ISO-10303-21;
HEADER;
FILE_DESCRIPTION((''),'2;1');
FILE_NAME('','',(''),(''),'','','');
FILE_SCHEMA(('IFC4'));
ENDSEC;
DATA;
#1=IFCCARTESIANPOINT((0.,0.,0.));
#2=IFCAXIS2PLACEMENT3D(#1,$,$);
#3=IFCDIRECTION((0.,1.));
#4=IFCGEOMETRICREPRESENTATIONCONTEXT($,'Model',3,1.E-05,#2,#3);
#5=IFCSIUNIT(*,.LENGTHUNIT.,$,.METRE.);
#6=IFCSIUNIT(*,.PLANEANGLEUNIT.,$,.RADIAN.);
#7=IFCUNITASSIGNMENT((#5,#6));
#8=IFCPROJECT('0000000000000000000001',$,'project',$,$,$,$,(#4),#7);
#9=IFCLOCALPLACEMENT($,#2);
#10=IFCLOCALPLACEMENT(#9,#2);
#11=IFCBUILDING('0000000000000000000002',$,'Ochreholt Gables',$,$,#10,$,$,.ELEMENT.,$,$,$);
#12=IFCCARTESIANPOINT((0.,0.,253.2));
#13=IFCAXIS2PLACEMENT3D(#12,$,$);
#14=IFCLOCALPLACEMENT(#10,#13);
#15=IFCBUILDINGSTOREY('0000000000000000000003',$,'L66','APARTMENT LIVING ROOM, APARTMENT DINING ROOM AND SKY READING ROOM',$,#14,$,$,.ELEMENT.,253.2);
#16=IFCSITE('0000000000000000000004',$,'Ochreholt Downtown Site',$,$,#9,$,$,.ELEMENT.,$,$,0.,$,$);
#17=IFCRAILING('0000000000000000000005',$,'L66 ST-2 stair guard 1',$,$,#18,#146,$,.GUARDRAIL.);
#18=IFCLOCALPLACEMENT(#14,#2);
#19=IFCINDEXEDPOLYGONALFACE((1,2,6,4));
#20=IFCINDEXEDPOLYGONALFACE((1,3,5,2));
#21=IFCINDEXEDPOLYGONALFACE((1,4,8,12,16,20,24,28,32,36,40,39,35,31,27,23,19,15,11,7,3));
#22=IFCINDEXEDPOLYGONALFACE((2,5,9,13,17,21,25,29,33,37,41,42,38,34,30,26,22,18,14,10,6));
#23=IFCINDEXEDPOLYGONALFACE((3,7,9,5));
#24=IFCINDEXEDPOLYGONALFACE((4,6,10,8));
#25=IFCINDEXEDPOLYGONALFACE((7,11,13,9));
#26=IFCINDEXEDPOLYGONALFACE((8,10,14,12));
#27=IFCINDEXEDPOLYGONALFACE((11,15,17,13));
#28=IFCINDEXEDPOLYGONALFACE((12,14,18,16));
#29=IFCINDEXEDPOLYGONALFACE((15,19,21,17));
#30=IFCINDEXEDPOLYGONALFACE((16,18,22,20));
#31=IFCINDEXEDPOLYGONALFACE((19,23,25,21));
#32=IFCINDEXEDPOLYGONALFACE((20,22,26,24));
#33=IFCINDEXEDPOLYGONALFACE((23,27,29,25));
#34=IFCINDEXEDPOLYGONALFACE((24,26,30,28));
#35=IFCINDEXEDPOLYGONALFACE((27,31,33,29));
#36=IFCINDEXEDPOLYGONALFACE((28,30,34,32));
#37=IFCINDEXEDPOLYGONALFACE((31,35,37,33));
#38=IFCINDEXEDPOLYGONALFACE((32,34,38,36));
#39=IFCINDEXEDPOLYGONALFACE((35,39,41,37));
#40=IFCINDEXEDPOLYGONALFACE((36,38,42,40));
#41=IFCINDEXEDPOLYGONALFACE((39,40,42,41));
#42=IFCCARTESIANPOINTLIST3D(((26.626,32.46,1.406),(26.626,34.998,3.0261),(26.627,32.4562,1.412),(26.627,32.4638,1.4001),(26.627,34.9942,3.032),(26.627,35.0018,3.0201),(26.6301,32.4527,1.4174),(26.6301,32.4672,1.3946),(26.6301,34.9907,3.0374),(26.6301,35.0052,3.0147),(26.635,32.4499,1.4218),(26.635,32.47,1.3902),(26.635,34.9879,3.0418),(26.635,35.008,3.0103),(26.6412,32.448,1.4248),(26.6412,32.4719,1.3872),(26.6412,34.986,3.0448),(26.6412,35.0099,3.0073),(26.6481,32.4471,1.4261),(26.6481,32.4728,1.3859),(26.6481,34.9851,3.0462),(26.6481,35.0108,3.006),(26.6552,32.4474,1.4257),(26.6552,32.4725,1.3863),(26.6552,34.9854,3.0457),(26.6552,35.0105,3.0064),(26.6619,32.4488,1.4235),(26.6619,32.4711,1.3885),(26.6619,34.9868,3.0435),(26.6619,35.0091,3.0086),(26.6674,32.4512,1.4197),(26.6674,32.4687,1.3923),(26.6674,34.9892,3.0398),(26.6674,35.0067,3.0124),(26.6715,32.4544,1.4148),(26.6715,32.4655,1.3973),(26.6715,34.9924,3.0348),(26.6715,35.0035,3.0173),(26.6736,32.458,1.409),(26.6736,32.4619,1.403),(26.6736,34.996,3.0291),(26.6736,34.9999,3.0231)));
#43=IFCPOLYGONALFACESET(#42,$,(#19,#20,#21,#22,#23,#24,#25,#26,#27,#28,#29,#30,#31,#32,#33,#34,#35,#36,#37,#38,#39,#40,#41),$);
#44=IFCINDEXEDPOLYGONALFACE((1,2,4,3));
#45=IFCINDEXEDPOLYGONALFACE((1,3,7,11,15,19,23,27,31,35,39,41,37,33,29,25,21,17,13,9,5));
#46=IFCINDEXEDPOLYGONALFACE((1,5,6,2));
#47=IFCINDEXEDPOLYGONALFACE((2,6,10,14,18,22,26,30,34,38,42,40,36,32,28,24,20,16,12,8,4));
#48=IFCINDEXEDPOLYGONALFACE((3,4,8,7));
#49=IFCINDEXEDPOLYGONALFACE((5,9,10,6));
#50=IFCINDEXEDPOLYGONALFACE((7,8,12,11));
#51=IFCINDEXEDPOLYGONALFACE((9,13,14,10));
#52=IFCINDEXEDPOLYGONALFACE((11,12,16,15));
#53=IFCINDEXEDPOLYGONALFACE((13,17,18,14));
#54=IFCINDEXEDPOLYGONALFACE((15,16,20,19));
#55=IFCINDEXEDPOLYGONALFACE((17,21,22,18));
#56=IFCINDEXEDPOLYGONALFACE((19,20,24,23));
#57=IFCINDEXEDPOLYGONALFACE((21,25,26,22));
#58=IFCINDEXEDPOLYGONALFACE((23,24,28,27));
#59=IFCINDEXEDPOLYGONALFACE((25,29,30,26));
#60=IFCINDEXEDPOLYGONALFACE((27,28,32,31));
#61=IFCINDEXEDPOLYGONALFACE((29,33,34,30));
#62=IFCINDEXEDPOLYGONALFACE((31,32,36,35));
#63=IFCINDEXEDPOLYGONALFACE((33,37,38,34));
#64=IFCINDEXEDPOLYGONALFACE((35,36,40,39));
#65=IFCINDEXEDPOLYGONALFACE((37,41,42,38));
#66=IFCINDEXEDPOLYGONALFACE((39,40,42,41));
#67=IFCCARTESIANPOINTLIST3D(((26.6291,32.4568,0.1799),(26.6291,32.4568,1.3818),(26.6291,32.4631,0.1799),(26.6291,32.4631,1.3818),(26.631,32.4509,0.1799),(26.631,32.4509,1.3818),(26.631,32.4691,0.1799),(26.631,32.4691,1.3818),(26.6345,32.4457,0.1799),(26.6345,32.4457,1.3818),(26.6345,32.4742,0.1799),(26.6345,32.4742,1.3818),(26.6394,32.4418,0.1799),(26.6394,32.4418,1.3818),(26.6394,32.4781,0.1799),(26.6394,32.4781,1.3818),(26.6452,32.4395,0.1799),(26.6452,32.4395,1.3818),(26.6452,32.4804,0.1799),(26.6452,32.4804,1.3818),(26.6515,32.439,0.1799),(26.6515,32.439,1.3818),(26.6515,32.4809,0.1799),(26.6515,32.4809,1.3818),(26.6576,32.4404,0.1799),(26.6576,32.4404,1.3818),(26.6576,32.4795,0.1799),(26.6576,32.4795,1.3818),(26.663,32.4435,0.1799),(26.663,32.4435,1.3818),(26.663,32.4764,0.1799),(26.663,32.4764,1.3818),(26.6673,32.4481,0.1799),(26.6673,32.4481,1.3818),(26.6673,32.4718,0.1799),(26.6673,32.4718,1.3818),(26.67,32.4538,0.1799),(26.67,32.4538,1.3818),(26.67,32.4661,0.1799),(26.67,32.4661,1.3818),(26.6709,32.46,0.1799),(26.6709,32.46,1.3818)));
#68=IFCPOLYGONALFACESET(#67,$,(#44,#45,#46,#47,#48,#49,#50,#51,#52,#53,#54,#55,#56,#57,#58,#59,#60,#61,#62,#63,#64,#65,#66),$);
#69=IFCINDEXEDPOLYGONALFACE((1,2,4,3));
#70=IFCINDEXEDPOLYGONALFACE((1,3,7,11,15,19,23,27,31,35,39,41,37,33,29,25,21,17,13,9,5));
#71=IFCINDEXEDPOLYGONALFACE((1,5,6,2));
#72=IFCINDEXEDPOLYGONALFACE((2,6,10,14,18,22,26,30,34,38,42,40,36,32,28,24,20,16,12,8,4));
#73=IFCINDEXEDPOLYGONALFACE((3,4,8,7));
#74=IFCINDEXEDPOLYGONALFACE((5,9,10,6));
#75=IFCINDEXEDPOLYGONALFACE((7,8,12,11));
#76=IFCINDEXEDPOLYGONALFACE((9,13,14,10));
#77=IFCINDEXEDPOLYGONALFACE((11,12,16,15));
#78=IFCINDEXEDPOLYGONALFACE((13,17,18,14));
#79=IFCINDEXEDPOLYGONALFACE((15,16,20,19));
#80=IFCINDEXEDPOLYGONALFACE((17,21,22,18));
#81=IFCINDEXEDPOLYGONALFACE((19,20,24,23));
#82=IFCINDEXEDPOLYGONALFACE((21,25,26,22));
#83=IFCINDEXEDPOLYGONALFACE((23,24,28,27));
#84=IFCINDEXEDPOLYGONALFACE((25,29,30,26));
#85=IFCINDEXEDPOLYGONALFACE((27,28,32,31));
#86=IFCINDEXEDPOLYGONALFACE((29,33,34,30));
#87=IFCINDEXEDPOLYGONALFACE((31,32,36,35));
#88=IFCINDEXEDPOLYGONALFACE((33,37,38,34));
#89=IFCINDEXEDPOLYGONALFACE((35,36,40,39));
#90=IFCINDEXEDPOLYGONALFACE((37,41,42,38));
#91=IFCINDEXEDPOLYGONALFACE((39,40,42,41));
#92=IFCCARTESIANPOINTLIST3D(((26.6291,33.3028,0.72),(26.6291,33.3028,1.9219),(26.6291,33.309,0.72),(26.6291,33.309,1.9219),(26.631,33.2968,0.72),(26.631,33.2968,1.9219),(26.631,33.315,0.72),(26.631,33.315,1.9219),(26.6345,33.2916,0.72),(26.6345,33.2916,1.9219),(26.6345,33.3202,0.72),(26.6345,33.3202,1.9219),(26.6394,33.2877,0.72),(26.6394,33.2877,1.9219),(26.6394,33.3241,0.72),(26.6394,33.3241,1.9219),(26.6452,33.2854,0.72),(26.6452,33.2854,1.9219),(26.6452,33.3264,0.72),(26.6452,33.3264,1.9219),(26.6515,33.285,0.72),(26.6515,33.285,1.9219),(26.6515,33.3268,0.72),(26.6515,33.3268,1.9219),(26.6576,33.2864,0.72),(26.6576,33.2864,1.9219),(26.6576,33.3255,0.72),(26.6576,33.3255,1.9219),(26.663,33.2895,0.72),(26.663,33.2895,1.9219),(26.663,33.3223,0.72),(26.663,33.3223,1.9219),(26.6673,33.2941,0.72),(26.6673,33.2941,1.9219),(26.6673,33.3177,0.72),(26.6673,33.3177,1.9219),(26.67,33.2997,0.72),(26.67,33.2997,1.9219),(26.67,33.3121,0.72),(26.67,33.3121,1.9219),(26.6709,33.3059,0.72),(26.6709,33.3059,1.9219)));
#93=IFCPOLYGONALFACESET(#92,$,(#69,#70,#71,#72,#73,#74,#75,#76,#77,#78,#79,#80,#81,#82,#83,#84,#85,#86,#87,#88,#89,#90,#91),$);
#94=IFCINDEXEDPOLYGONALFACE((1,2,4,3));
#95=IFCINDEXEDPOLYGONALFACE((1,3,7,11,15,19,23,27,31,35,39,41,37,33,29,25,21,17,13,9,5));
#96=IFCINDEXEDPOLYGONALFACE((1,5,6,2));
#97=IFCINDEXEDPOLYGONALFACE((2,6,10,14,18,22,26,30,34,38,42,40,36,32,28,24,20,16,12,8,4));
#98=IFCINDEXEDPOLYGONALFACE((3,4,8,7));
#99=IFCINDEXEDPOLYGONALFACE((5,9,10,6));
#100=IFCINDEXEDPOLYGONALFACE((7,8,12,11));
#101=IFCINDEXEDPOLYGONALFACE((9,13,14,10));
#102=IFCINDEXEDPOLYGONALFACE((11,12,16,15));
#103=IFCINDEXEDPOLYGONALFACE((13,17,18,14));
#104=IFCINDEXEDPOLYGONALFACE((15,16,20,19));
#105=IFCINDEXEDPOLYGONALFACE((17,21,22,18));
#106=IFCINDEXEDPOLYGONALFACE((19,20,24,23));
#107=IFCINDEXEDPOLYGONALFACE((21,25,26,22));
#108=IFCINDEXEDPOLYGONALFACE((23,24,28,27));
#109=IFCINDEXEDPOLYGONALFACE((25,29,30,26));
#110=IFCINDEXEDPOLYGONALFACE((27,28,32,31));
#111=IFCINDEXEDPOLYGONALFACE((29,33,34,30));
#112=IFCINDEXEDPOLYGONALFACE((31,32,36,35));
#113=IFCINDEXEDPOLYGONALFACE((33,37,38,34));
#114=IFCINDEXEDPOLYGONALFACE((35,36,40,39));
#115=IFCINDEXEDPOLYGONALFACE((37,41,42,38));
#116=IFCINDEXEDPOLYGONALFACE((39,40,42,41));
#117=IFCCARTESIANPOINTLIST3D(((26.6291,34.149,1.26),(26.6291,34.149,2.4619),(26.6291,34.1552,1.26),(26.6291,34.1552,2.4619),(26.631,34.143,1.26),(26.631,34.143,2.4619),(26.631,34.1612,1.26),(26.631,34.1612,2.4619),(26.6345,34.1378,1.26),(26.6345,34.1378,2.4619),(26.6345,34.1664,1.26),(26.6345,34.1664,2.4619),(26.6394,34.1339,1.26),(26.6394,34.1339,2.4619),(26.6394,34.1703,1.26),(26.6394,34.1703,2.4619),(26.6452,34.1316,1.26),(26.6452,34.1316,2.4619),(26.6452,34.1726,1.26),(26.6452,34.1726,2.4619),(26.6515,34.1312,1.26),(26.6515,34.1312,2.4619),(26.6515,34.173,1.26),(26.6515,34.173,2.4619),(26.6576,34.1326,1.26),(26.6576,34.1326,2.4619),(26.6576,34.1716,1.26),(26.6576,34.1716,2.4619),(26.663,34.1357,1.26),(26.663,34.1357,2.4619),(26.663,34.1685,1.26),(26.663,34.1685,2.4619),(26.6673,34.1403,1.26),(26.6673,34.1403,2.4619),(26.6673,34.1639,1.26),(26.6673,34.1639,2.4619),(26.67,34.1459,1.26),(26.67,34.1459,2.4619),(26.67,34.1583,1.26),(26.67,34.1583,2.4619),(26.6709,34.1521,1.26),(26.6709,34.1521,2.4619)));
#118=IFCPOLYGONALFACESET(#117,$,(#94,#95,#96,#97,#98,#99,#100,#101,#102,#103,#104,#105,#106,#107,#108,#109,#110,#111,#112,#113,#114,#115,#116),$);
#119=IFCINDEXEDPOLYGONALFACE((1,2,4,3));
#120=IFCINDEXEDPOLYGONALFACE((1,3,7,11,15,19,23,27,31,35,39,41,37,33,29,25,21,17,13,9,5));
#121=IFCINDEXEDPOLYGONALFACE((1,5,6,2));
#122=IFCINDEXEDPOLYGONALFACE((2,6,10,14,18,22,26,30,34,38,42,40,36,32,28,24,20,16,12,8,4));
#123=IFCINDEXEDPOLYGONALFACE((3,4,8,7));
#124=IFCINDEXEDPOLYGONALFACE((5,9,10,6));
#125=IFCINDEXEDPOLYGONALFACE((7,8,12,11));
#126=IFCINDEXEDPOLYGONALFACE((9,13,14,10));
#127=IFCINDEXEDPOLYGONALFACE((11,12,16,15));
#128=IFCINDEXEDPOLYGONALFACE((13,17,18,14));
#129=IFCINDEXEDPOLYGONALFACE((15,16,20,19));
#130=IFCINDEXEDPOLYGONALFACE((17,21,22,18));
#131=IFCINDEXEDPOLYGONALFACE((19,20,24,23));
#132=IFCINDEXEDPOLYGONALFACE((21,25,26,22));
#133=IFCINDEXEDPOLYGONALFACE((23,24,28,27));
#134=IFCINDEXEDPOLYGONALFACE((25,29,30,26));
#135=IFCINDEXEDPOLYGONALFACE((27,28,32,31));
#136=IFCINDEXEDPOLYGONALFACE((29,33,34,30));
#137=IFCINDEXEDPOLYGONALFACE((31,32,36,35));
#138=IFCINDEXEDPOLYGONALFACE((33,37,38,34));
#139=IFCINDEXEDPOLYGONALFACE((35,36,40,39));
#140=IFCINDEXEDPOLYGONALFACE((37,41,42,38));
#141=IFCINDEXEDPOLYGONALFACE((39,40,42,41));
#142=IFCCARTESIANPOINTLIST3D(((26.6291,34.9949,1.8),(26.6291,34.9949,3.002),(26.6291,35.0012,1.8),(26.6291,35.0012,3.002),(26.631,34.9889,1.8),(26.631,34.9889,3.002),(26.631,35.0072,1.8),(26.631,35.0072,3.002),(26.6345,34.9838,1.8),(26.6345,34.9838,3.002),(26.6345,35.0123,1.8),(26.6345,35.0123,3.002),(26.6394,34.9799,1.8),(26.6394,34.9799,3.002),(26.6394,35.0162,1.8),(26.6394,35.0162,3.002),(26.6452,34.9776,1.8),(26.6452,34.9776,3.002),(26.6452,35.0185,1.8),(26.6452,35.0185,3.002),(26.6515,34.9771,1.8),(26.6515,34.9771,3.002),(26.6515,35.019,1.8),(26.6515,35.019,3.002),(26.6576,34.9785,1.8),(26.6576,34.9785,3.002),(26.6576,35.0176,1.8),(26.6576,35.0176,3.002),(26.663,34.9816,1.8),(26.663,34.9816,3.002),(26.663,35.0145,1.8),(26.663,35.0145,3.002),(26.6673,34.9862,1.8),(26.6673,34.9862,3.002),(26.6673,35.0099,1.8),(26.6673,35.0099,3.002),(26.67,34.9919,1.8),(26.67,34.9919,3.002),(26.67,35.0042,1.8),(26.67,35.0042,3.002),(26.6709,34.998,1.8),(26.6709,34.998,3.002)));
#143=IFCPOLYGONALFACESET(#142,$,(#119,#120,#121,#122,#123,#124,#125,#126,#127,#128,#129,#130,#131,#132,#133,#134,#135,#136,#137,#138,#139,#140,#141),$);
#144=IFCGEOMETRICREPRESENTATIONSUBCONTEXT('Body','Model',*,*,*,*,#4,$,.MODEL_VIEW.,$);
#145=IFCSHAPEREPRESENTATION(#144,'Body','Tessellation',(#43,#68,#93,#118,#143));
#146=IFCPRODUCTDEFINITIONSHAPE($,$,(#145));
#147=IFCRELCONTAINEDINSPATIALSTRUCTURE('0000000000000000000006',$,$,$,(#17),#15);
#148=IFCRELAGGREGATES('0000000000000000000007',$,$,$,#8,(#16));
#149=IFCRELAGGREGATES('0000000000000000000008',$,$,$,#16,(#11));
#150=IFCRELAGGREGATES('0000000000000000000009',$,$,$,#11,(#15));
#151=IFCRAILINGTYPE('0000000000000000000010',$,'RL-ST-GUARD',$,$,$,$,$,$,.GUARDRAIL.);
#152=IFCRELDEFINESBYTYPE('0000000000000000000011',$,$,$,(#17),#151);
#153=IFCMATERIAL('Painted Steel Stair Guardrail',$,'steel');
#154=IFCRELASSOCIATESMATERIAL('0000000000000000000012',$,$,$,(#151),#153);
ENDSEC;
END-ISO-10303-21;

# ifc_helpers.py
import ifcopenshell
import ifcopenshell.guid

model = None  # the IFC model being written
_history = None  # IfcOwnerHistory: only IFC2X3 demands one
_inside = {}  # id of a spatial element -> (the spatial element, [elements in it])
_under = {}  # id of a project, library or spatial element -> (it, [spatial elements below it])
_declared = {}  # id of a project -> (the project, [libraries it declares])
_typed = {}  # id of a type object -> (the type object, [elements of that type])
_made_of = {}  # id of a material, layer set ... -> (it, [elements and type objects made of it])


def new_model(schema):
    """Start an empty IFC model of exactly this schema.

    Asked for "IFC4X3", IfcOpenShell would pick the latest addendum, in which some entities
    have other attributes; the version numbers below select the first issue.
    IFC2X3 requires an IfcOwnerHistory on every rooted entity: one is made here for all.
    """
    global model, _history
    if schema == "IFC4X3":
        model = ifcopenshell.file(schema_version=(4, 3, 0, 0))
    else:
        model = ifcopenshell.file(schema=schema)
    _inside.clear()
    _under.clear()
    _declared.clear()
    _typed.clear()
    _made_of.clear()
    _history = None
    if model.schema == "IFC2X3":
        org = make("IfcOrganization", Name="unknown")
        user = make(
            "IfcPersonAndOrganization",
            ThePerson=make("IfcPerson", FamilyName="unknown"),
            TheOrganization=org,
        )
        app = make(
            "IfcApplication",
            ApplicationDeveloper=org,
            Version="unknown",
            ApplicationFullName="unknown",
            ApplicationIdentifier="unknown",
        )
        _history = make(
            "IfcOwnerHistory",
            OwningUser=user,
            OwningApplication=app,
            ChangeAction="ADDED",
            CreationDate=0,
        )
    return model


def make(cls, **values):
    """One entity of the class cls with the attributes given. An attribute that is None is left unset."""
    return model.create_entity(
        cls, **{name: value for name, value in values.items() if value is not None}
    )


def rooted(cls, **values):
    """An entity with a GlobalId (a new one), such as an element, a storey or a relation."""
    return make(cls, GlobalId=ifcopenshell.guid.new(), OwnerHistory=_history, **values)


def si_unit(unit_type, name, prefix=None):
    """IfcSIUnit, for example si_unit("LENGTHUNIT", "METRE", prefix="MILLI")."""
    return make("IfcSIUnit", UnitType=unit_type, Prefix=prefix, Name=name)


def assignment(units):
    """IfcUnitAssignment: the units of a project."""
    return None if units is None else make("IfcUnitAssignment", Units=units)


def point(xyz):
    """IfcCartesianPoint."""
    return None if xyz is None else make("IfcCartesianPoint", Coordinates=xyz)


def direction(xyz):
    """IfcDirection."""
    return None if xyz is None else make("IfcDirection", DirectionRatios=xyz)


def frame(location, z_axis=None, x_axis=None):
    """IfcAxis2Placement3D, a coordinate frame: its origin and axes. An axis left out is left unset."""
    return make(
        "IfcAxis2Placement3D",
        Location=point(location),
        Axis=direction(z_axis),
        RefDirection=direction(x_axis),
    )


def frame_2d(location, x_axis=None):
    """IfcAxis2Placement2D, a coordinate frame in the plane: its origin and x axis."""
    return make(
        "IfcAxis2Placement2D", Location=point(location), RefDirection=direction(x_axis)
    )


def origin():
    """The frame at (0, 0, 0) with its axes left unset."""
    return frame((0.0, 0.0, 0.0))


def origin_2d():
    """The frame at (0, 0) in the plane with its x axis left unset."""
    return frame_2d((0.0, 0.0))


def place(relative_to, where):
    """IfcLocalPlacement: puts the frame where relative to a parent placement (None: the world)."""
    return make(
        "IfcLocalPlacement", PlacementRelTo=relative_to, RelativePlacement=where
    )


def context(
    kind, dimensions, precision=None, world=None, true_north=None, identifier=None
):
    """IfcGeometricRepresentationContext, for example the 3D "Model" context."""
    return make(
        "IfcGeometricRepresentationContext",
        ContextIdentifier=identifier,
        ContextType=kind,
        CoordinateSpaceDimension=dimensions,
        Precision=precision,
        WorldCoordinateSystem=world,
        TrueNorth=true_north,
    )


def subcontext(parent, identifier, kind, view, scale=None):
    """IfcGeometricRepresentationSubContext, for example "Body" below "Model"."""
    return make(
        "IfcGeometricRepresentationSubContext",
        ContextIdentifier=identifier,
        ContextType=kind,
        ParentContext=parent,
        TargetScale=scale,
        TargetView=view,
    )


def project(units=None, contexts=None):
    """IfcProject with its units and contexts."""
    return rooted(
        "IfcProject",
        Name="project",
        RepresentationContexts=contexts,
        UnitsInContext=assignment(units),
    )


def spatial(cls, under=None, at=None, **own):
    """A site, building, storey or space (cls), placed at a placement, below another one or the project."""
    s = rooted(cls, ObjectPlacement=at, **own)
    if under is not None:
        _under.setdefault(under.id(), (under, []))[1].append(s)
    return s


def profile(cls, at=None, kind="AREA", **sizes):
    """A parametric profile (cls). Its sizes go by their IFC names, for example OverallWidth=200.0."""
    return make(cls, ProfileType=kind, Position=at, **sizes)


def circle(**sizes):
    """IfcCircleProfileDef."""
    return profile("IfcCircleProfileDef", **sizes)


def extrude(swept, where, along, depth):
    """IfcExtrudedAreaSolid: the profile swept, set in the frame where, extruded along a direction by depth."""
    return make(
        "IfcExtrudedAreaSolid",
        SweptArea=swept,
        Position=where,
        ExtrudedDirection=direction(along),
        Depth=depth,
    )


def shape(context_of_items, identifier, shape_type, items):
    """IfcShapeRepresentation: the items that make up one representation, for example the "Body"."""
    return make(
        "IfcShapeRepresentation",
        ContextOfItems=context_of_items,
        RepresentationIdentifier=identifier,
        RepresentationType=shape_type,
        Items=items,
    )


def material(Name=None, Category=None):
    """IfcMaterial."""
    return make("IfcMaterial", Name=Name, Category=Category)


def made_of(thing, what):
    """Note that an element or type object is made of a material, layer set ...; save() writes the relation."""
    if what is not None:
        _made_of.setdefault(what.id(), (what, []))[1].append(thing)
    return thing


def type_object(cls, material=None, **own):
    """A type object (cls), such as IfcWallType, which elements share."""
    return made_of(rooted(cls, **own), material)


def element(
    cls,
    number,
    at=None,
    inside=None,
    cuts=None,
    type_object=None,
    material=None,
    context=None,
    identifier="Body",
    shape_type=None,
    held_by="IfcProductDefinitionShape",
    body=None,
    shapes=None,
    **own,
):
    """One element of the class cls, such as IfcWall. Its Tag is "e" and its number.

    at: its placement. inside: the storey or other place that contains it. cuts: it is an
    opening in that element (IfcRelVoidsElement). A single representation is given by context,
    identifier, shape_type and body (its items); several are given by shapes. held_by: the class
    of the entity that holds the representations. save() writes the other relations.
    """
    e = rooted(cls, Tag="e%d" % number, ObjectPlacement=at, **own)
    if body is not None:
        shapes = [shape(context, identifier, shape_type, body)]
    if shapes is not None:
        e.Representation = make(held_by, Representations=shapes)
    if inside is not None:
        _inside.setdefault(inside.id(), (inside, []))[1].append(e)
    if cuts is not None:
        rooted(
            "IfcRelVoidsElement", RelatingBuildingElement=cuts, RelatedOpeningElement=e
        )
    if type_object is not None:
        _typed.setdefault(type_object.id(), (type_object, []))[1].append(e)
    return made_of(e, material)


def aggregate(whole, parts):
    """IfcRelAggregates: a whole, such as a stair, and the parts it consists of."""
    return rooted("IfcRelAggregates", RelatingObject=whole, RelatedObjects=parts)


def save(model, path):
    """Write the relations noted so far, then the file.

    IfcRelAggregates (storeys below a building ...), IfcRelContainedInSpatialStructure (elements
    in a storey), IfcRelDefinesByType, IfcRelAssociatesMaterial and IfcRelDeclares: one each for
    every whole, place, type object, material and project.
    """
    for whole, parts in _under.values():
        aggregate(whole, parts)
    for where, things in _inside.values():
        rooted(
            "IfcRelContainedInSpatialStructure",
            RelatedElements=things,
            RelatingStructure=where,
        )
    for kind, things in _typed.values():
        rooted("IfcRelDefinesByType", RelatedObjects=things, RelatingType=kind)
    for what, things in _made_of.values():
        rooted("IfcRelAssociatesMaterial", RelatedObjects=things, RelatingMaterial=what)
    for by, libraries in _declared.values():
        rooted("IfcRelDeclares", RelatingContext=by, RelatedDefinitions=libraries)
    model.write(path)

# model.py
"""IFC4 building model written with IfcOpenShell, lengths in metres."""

from ifc_helpers import new_model, si_unit, direction, frame, origin, origin_2d, place, context, subcontext, project, spatial, circle, extrude, material, type_object, element, save


model = new_model("IFC4")

# Units and contexts
model_context = context("Model", 3, precision=1e-05, world=origin(), true_north=direction((0.0, 1.0)))
body_context = subcontext(model_context, "Body", "Model", "MODEL_VIEW")
ifc_project = project(units=[si_unit("LENGTHUNIT", "METRE"), si_unit("PLANEANGLEUNIT", "RADIAN")], contexts=[model_context])

# Site, building, storey
site_placement = place(None, origin())
site = spatial("IfcSite", under=ifc_project, at=site_placement, Name="Ochreholt Downtown Site", CompositionType="ELEMENT", RefElevation=0.0)
building_placement = place(site_placement, origin())
building = spatial("IfcBuilding", under=site, at=building_placement, Name="Ochreholt Gables", CompositionType="ELEMENT")
storey_placement = place(building_placement, frame((0.0, 0.0, 253.2)))
storey = spatial("IfcBuildingStorey", under=building, at=storey_placement, Name="L66", Description="APARTMENT LIVING ROOM, APARTMENT DINING ROOM AND SKY READING ROOM", CompositionType="ELEMENT", Elevation=253.2)

# Railing
ifc_material_1 = material(Name="Painted Steel Stair Guardrail", Category="steel")
railing_type_1 = type_object("IfcRailingType", Name="RL-ST-GUARD", PredefinedType="GUARDRAIL", material=ifc_material_1)
railing_1_placement = place(storey_placement, frame((26.6499, 32.46, 0.1799)))
element("IfcRailing", 1, at=railing_1_placement, inside=storey, type_object=railing_type_1, Name="L66 ST-2 stair guard 1", PredefinedType="GUARDRAIL", context=body_context, shape_type="SweptSolid", body=[
    extrude(circle(Radius=0.0239, at=origin_2d()), frame((0.0, 0.0, 1.2261), z_axis=(0.0, 0.842913, 0.53805), x_axis=(-1.0, 0.0, 0.0)), (0.0, 0.0, 1.0), 3.011),
    extrude(circle(Radius=0.021, at=origin_2d()), origin(), (0.0, 0.0, 1.0), 1.2019),
    extrude(circle(Radius=0.021, at=origin_2d()), frame((0.0, 0.8459, 0.54)), (0.0, 0.0, 1.0), 1.2019),
    extrude(circle(Radius=0.021, at=origin_2d()), frame((0.0, 1.6921, 1.0801)), (0.0, 0.0, 1.0), 1.2019),
    extrude(circle(Radius=0.021, at=origin_2d()), frame((0.0, 2.5381, 1.6201)), (0.0, 0.0, 1.0), 1.2019),
])

save(model, "model.ifc")
